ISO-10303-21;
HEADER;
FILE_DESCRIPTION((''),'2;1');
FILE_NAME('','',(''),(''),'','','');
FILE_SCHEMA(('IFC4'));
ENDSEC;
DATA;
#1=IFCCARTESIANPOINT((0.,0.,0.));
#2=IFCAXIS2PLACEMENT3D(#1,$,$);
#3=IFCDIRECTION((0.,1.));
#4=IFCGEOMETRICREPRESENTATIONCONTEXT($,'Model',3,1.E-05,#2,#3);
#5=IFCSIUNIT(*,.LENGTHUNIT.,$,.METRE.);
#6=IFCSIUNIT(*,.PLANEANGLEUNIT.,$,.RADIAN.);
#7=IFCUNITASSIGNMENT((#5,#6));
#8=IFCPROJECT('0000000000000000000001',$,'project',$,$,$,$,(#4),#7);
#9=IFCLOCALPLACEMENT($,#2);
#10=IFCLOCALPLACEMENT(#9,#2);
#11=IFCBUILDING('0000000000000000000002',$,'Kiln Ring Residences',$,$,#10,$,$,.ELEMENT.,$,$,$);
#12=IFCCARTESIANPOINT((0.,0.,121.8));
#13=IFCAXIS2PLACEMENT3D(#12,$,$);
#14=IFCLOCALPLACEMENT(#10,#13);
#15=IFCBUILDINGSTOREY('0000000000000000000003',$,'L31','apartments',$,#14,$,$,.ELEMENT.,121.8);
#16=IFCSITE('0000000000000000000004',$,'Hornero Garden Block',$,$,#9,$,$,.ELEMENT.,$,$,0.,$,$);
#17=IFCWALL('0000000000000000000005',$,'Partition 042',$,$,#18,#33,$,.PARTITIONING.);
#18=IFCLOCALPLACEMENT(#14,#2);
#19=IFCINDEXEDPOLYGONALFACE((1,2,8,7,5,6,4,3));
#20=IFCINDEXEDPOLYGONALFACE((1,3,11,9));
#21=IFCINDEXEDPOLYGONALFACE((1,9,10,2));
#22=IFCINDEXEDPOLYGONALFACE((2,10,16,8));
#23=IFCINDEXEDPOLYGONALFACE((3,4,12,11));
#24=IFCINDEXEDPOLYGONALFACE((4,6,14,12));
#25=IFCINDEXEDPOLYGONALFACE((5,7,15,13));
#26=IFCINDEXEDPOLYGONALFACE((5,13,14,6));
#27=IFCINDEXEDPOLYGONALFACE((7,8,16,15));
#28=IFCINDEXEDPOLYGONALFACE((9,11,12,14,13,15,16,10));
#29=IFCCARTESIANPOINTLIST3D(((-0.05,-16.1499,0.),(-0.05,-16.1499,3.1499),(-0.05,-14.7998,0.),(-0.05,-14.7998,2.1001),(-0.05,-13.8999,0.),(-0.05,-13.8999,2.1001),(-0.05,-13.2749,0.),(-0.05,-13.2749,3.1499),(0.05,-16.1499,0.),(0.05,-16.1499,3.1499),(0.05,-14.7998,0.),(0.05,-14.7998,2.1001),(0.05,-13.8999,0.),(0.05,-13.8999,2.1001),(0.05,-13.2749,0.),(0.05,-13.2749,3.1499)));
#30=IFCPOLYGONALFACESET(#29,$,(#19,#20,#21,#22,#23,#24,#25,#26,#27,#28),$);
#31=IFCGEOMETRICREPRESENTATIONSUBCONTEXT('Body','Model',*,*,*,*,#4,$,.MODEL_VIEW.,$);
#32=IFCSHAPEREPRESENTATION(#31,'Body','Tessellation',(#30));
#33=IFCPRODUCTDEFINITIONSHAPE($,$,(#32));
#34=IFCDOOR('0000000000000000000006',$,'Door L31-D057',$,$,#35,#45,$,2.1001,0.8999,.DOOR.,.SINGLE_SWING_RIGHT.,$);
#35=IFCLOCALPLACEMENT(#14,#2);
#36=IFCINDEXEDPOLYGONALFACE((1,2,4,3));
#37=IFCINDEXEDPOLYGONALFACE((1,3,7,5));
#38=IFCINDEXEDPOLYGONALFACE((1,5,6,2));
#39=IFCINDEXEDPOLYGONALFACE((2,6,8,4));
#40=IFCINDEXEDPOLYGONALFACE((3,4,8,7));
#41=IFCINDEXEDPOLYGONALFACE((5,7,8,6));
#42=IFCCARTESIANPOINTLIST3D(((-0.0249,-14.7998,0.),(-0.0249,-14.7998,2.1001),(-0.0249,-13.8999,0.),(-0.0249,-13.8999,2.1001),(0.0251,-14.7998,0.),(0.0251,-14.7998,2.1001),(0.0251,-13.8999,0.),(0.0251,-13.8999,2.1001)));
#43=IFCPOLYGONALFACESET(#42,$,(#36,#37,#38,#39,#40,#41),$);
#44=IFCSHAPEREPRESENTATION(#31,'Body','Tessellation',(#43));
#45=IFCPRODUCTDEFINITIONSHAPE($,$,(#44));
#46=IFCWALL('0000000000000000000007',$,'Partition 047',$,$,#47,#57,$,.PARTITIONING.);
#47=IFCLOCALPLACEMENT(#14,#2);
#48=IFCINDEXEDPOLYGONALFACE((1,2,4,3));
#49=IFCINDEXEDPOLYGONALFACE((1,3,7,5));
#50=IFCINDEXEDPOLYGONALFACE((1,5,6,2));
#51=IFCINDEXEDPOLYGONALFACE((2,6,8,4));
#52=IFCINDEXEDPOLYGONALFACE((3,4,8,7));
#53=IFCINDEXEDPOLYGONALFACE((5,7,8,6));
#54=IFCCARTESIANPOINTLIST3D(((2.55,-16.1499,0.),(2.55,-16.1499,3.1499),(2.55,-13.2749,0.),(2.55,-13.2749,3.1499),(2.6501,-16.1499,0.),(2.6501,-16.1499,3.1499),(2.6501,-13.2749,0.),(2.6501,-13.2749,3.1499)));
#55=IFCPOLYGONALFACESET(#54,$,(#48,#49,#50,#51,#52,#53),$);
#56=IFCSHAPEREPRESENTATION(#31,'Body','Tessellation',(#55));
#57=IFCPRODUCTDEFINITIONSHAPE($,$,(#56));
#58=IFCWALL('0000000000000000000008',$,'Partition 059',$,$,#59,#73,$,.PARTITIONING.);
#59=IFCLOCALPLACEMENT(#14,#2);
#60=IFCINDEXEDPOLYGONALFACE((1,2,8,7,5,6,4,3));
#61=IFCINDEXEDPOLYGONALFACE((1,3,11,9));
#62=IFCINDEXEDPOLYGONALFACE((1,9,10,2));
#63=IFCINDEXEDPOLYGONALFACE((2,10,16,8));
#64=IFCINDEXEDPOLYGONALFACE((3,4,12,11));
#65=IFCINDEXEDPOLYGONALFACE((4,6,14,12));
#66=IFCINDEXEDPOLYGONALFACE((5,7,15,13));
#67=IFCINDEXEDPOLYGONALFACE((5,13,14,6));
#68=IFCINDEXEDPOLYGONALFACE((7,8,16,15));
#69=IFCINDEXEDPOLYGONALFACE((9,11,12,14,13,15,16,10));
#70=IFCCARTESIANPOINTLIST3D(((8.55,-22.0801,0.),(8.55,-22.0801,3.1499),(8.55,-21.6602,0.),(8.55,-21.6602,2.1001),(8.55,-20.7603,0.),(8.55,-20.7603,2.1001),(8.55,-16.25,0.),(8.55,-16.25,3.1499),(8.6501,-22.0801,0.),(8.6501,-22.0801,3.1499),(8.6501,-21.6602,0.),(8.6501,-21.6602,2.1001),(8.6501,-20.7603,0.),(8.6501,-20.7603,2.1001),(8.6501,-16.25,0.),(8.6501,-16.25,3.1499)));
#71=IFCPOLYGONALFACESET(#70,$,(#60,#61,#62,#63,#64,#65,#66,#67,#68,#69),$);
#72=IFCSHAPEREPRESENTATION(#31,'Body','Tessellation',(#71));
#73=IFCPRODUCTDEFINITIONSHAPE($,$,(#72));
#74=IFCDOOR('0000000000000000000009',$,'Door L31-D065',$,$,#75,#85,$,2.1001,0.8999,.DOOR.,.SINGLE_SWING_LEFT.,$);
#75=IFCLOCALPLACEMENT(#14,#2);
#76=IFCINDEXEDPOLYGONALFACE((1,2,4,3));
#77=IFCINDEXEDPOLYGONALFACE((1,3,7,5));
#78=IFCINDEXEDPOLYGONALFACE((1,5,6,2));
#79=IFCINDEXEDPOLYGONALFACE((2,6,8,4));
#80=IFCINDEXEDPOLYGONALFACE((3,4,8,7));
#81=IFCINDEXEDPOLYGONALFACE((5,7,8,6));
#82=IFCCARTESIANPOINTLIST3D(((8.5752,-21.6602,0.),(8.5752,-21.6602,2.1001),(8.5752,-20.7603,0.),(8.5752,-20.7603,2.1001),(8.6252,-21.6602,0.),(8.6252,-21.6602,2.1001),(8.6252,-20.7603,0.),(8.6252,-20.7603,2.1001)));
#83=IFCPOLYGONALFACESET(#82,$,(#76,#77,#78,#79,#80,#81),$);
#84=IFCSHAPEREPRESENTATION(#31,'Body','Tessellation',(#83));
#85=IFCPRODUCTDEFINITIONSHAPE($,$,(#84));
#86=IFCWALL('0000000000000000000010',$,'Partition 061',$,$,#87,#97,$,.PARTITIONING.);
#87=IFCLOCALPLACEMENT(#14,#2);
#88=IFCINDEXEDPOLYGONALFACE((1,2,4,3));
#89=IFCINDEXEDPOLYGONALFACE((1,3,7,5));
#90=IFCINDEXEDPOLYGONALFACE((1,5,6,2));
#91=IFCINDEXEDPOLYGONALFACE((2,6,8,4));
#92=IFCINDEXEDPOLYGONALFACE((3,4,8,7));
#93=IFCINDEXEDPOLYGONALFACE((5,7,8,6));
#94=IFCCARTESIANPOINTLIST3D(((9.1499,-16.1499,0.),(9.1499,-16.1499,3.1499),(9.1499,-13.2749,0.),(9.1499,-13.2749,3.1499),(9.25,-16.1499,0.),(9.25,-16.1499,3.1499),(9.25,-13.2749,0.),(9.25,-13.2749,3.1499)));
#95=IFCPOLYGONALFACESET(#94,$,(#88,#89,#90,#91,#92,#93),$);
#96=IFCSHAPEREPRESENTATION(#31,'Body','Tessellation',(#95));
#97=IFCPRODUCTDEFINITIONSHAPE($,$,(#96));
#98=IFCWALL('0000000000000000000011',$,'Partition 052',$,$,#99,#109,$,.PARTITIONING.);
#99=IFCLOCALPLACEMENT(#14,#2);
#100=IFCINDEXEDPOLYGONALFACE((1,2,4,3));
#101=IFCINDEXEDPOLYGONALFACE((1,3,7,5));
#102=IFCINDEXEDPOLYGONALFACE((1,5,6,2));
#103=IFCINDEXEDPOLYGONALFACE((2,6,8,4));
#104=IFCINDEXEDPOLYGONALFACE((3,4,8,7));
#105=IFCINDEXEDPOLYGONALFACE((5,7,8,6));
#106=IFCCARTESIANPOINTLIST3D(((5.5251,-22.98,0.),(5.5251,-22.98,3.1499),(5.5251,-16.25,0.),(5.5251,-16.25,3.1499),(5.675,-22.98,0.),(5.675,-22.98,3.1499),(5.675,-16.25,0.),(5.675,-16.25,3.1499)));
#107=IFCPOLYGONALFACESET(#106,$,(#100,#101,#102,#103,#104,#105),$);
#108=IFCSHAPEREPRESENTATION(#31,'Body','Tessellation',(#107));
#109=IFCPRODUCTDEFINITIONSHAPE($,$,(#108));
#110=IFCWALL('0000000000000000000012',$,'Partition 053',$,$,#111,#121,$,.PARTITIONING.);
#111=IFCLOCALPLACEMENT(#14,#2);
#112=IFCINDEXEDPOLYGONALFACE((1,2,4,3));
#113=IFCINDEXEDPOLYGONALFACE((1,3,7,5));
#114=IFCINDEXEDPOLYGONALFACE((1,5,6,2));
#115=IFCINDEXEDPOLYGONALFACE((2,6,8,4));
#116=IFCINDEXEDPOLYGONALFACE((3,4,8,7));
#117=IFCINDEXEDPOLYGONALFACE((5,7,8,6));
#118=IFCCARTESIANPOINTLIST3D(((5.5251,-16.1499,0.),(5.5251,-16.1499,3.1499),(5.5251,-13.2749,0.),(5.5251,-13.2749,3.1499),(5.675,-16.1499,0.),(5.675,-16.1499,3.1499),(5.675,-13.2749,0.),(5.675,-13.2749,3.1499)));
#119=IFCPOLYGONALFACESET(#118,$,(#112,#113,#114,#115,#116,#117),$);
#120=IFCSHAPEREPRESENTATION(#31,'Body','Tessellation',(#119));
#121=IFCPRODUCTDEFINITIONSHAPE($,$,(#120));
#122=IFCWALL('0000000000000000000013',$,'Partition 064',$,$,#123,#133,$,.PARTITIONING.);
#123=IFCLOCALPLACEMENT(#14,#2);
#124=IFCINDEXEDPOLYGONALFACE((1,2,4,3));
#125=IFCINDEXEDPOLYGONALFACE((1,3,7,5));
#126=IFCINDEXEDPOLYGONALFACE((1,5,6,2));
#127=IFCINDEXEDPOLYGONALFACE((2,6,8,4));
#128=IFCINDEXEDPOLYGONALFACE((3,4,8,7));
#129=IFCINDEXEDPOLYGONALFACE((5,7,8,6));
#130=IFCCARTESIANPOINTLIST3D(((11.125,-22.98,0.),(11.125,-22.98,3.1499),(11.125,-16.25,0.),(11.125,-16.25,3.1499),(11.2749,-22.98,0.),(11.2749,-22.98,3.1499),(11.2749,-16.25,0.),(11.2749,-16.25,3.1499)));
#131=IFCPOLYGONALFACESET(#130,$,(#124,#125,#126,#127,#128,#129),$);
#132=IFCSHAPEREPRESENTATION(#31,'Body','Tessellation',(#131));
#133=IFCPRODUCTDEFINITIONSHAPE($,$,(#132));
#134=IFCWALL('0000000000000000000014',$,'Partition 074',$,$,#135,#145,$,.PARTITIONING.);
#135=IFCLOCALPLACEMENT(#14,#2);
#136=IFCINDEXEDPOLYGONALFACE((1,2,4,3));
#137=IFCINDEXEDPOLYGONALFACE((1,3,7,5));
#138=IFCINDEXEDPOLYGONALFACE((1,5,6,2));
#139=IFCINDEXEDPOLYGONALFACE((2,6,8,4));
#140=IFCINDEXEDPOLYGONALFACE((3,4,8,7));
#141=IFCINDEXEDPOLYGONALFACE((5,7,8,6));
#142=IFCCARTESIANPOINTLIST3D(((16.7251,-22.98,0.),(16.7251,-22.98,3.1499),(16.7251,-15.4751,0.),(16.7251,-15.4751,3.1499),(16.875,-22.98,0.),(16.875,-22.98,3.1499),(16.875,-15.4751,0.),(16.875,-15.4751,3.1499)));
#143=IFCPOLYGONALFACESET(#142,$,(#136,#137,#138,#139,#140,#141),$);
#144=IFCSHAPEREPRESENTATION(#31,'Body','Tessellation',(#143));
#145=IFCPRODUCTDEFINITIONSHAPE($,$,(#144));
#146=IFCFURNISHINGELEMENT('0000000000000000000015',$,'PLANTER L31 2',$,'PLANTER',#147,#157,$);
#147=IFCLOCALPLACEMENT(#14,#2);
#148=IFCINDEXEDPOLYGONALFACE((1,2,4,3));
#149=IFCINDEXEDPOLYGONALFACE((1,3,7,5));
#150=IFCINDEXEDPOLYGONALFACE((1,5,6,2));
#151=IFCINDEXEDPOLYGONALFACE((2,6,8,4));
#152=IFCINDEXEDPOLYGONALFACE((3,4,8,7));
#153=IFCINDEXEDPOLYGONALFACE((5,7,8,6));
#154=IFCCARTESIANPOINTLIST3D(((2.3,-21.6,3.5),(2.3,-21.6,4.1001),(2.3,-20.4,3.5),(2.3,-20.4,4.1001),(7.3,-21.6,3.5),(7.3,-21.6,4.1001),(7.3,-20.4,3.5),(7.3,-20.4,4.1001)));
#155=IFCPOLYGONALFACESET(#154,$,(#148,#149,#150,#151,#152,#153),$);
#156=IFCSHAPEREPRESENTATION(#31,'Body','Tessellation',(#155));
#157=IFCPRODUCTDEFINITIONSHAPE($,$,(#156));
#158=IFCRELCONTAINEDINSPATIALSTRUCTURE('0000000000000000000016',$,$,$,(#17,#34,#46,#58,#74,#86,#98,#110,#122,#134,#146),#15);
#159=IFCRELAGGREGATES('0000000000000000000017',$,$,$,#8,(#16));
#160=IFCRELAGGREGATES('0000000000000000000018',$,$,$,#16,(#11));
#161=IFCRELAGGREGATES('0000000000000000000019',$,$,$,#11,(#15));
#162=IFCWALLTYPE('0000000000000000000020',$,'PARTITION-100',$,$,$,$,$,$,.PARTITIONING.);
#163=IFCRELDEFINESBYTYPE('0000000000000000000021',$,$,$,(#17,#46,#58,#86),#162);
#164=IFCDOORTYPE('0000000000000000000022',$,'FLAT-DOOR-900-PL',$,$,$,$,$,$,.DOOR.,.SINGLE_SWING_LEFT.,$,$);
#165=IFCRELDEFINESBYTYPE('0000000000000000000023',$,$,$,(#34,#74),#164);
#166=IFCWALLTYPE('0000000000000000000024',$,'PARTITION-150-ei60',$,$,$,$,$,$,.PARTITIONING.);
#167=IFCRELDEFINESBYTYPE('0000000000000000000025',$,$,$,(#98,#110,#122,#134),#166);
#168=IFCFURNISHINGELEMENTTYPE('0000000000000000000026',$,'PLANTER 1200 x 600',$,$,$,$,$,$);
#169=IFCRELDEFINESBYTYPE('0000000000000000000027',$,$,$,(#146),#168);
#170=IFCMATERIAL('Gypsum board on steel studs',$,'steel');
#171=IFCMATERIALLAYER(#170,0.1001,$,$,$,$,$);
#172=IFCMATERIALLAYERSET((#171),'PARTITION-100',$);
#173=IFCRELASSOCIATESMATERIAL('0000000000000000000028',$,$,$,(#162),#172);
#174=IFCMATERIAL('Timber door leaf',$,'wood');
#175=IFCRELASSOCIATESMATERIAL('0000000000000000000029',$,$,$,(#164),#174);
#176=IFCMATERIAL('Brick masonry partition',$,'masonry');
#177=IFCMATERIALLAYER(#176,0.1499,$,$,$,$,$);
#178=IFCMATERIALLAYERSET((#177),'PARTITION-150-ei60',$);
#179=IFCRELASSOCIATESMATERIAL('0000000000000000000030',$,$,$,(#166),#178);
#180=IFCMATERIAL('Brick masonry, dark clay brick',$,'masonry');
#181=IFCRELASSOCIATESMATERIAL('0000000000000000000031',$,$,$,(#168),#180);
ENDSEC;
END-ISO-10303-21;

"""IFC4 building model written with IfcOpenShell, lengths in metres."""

from ifc_helpers import new_model, si_unit, direction, frame, frame_2d, origin, origin_2d, place, context, subcontext, project, spatial, rectangle, extrude, material, layer, layer_set, type_object, element, fill, save


model = new_model("IFC4")

# Units and contexts
model_context = context("Model", 3, precision=1e-05, world=origin(), true_north=direction((0.0, 1.0)))
body_context = subcontext(model_context, "Body", "Model", "MODEL_VIEW")
ifc_project = project(units=[si_unit("LENGTHUNIT", "METRE"), si_unit("PLANEANGLEUNIT", "RADIAN")], contexts=[model_context])

# Site, building, storey
site_placement = place(None, origin())
site = spatial("IfcSite", under=ifc_project, at=site_placement, Name="Hornero Garden Block", CompositionType="ELEMENT", RefElevation=0.0)
building_placement = place(site_placement, origin())
building = spatial("IfcBuilding", under=site, at=building_placement, Name="Kiln Ring Residences", CompositionType="ELEMENT")
storey_placement = place(building_placement, frame((0.0, 0.0, 121.8)))
storey = spatial("IfcBuildingStorey", under=building, at=storey_placement, Name="L31", Description="apartments", CompositionType="ELEMENT", Elevation=121.8)

# Shared definitions
ifc_material_1 = material(Name="Gypsum board on steel studs", Category="steel")
ifc_layer_1 = layer(ifc_material_1, 0.1001)
ifc_layer_set_1 = layer_set([ifc_layer_1], Name="PARTITION-100")
wall_type_1 = type_object("IfcWallType", Name="PARTITION-100", PredefinedType="PARTITIONING", material=ifc_layer_set_1)
ifc_material_2 = material(Name="Timber door leaf", Category="wood")
door_type_1 = type_object("IfcDoorType", Name="FLAT-DOOR-900-PL", OperationType="SINGLE_SWING_LEFT", PredefinedType="DOOR", material=ifc_material_2)

# Wall, opening, door
wall_1_placement = place(storey_placement, frame((0.0, -16.1499, 0.0), z_axis=(0.0, 0.0, 1.0), x_axis=(0.0, 1.0, 0.0)))
wall_1 = element("IfcWall", 1, at=wall_1_placement, inside=storey, type_object=wall_type_1, Name="Partition 042", PredefinedType="PARTITIONING", context=body_context, shape_type="SweptSolid", body=[
    extrude(rectangle(XDim=2.875, YDim=0.1001, at=frame_2d((1.4375, 0.0))), origin(), (0.0, 0.0, 1.0), 3.1499),
])
opening_1_placement = place(wall_1_placement, frame((1.3501, 0.0, 0.0)))
opening_1 = element("IfcOpeningElement", 2, at=opening_1_placement, cuts=wall_1, PredefinedType="OPENING", context=body_context, shape_type="SweptSolid", body=[
    extrude(rectangle(XDim=0.8999, YDim=2.1001, at=frame_2d((0.45, 1.05))), frame((0.0, 0.0601, 0.0), z_axis=(0.0, -1.0, 0.0), x_axis=(1.0, 0.0, 0.0)), (0.0, 0.0, 1.0), 0.1201),
])
door_1_placement = place(opening_1_placement, origin())
door_1 = element("IfcDoor", 3, at=door_1_placement, inside=storey, type_object=door_type_1, Name="Door L31-D057", OperationType="SINGLE_SWING_RIGHT", OverallHeight=2.1001, OverallWidth=0.8999, PredefinedType="DOOR", context=body_context, shape_type="SweptSolid", body=[
    extrude(rectangle(XDim=0.8999, YDim=2.1001, at=frame_2d((0.45, 1.05))), frame((0.0, 0.0249, 0.0), z_axis=(0.0, -1.0, 0.0), x_axis=(1.0, 0.0, 0.0)), (0.0, 0.0, 1.0), 0.05),
])
fill(opening_1, door_1)

# Wall
wall_2_placement = place(storey_placement, frame((2.6001, -16.1499, 0.0), z_axis=(0.0, 0.0, 1.0), x_axis=(0.0, 1.0, 0.0)))
element("IfcWall", 4, at=wall_2_placement, inside=storey, type_object=wall_type_1, Name="Partition 047", PredefinedType="PARTITIONING", context=body_context, shape_type="SweptSolid", body=[
    extrude(rectangle(XDim=2.875, YDim=0.1001, at=frame_2d((1.4375, 0.0))), origin(), (0.0, 0.0, 1.0), 3.1499),
])

# Wall, opening, door
wall_3_placement = place(storey_placement, frame((8.6001, -22.0801, 0.0), z_axis=(0.0, 0.0, 1.0), x_axis=(0.0, 1.0, 0.0)))
wall_3 = element("IfcWall", 5, at=wall_3_placement, inside=storey, type_object=wall_type_1, Name="Partition 059", PredefinedType="PARTITIONING", context=body_context, shape_type="SweptSolid", body=[
    extrude(rectangle(XDim=5.8301, YDim=0.1001, at=frame_2d((2.915, 0.0))), origin(), (0.0, 0.0, 1.0), 3.1499),
])
opening_2_placement = place(wall_3_placement, frame((0.4199, 0.0, 0.0)))
opening_2 = element("IfcOpeningElement", 6, at=opening_2_placement, cuts=wall_3, PredefinedType="OPENING", context=body_context, shape_type="SweptSolid", body=[
    extrude(rectangle(XDim=0.8999, YDim=2.1001, at=frame_2d((0.45, 1.05))), frame((0.0, 0.0601, 0.0), z_axis=(0.0, -1.0, 0.0), x_axis=(1.0, 0.0, 0.0)), (0.0, 0.0, 1.0), 0.1201),
])
door_2_placement = place(opening_2_placement, origin())
door_2 = element("IfcDoor", 7, at=door_2_placement, inside=storey, type_object=door_type_1, Name="Door L31-D065", OperationType="SINGLE_SWING_LEFT", OverallHeight=2.1001, OverallWidth=0.8999, PredefinedType="DOOR", context=body_context, shape_type="SweptSolid", body=[
    extrude(rectangle(XDim=0.8999, YDim=2.1001, at=frame_2d((0.45, 1.05))), frame((0.0, 0.0249, 0.0), z_axis=(0.0, -1.0, 0.0), x_axis=(1.0, 0.0, 0.0)), (0.0, 0.0, 1.0), 0.05),
])
fill(opening_2, door_2)

# Walls
wall_4_placement = place(storey_placement, frame((9.2, -16.1499, 0.0), z_axis=(0.0, 0.0, 1.0), x_axis=(0.0, 1.0, 0.0)))
element("IfcWall", 8, at=wall_4_placement, inside=storey, type_object=wall_type_1, Name="Partition 061", PredefinedType="PARTITIONING", context=body_context, shape_type="SweptSolid", body=[
    extrude(rectangle(XDim=2.875, YDim=0.1001, at=frame_2d((1.4375, 0.0))), origin(), (0.0, 0.0, 1.0), 3.1499),
])
ifc_material_3 = material(Name="Brick masonry partition", Category="masonry")
ifc_layer_2 = layer(ifc_material_3, 0.1499)
ifc_layer_set_2 = layer_set([ifc_layer_2], Name="PARTITION-150-ei60")
wall_type_2 = type_object("IfcWallType", Name="PARTITION-150-ei60", PredefinedType="PARTITIONING", material=ifc_layer_set_2)
wall_5_placement = place(storey_placement, frame((5.6001, -22.98, 0.0), z_axis=(0.0, 0.0, 1.0), x_axis=(0.0, 1.0, 0.0)))
element("IfcWall", 9, at=wall_5_placement, inside=storey, type_object=wall_type_2, Name="Partition 052", PredefinedType="PARTITIONING", context=body_context, shape_type="SweptSolid", body=[
    extrude(rectangle(XDim=6.73, YDim=0.1499, at=frame_2d((3.365, 0.0))), origin(), (0.0, 0.0, 1.0), 3.1499),
])
wall_6_placement = place(storey_placement, frame((5.6001, -16.1499, 0.0), z_axis=(0.0, 0.0, 1.0), x_axis=(0.0, 1.0, 0.0)))
element("IfcWall", 10, at=wall_6_placement, inside=storey, type_object=wall_type_2, Name="Partition 053", PredefinedType="PARTITIONING", context=body_context, shape_type="SweptSolid", body=[
    extrude(rectangle(XDim=2.875, YDim=0.1499, at=frame_2d((1.4375, 0.0))), origin(), (0.0, 0.0, 1.0), 3.1499),
])
wall_7_placement = place(storey_placement, frame((11.2, -22.98, 0.0), z_axis=(0.0, 0.0, 1.0), x_axis=(0.0, 1.0, 0.0)))
element("IfcWall", 11, at=wall_7_placement, inside=storey, type_object=wall_type_2, Name="Partition 064", PredefinedType="PARTITIONING", context=body_context, shape_type="SweptSolid", body=[
    extrude(rectangle(XDim=6.73, YDim=0.1499, at=frame_2d((3.365, 0.0))), origin(), (0.0, 0.0, 1.0), 3.1499),
])
wall_8_placement = place(storey_placement, frame((16.8, -22.98, 0.0), z_axis=(0.0, 0.0, 1.0), x_axis=(0.0, 1.0, 0.0)))
element("IfcWall", 12, at=wall_8_placement, inside=storey, type_object=wall_type_2, Name="Partition 074", PredefinedType="PARTITIONING", context=body_context, shape_type="SweptSolid", body=[
    extrude(rectangle(XDim=7.5049, YDim=0.1499, at=frame_2d((3.7524, 0.0))), origin(), (0.0, 0.0, 1.0), 3.1499),
])

# Furnishing element
ifc_material_4 = material(Name="Brick masonry, dark clay brick", Category="masonry")
furnishing_element_type = type_object("IfcFurnishingElementType", Name="PLANTER 1200 x 600", material=ifc_material_4)
furnishing_placement = place(storey_placement, frame((4.8, -21.0, 3.5), z_axis=(0.0, 0.0, 1.0), x_axis=(1.0, 0.0, 0.0)))
element("IfcFurnishingElement", 13, at=furnishing_placement, inside=storey, type_object=furnishing_element_type, Name="PLANTER L31 2", ObjectType="PLANTER", context=body_context, shape_type="SweptSolid", body=[
    extrude(rectangle(XDim=5.0, YDim=1.2, at=origin_2d()), origin(), (0.0, 0.0, 1.0), 0.6001),
])

save(model, "model.ifc")
